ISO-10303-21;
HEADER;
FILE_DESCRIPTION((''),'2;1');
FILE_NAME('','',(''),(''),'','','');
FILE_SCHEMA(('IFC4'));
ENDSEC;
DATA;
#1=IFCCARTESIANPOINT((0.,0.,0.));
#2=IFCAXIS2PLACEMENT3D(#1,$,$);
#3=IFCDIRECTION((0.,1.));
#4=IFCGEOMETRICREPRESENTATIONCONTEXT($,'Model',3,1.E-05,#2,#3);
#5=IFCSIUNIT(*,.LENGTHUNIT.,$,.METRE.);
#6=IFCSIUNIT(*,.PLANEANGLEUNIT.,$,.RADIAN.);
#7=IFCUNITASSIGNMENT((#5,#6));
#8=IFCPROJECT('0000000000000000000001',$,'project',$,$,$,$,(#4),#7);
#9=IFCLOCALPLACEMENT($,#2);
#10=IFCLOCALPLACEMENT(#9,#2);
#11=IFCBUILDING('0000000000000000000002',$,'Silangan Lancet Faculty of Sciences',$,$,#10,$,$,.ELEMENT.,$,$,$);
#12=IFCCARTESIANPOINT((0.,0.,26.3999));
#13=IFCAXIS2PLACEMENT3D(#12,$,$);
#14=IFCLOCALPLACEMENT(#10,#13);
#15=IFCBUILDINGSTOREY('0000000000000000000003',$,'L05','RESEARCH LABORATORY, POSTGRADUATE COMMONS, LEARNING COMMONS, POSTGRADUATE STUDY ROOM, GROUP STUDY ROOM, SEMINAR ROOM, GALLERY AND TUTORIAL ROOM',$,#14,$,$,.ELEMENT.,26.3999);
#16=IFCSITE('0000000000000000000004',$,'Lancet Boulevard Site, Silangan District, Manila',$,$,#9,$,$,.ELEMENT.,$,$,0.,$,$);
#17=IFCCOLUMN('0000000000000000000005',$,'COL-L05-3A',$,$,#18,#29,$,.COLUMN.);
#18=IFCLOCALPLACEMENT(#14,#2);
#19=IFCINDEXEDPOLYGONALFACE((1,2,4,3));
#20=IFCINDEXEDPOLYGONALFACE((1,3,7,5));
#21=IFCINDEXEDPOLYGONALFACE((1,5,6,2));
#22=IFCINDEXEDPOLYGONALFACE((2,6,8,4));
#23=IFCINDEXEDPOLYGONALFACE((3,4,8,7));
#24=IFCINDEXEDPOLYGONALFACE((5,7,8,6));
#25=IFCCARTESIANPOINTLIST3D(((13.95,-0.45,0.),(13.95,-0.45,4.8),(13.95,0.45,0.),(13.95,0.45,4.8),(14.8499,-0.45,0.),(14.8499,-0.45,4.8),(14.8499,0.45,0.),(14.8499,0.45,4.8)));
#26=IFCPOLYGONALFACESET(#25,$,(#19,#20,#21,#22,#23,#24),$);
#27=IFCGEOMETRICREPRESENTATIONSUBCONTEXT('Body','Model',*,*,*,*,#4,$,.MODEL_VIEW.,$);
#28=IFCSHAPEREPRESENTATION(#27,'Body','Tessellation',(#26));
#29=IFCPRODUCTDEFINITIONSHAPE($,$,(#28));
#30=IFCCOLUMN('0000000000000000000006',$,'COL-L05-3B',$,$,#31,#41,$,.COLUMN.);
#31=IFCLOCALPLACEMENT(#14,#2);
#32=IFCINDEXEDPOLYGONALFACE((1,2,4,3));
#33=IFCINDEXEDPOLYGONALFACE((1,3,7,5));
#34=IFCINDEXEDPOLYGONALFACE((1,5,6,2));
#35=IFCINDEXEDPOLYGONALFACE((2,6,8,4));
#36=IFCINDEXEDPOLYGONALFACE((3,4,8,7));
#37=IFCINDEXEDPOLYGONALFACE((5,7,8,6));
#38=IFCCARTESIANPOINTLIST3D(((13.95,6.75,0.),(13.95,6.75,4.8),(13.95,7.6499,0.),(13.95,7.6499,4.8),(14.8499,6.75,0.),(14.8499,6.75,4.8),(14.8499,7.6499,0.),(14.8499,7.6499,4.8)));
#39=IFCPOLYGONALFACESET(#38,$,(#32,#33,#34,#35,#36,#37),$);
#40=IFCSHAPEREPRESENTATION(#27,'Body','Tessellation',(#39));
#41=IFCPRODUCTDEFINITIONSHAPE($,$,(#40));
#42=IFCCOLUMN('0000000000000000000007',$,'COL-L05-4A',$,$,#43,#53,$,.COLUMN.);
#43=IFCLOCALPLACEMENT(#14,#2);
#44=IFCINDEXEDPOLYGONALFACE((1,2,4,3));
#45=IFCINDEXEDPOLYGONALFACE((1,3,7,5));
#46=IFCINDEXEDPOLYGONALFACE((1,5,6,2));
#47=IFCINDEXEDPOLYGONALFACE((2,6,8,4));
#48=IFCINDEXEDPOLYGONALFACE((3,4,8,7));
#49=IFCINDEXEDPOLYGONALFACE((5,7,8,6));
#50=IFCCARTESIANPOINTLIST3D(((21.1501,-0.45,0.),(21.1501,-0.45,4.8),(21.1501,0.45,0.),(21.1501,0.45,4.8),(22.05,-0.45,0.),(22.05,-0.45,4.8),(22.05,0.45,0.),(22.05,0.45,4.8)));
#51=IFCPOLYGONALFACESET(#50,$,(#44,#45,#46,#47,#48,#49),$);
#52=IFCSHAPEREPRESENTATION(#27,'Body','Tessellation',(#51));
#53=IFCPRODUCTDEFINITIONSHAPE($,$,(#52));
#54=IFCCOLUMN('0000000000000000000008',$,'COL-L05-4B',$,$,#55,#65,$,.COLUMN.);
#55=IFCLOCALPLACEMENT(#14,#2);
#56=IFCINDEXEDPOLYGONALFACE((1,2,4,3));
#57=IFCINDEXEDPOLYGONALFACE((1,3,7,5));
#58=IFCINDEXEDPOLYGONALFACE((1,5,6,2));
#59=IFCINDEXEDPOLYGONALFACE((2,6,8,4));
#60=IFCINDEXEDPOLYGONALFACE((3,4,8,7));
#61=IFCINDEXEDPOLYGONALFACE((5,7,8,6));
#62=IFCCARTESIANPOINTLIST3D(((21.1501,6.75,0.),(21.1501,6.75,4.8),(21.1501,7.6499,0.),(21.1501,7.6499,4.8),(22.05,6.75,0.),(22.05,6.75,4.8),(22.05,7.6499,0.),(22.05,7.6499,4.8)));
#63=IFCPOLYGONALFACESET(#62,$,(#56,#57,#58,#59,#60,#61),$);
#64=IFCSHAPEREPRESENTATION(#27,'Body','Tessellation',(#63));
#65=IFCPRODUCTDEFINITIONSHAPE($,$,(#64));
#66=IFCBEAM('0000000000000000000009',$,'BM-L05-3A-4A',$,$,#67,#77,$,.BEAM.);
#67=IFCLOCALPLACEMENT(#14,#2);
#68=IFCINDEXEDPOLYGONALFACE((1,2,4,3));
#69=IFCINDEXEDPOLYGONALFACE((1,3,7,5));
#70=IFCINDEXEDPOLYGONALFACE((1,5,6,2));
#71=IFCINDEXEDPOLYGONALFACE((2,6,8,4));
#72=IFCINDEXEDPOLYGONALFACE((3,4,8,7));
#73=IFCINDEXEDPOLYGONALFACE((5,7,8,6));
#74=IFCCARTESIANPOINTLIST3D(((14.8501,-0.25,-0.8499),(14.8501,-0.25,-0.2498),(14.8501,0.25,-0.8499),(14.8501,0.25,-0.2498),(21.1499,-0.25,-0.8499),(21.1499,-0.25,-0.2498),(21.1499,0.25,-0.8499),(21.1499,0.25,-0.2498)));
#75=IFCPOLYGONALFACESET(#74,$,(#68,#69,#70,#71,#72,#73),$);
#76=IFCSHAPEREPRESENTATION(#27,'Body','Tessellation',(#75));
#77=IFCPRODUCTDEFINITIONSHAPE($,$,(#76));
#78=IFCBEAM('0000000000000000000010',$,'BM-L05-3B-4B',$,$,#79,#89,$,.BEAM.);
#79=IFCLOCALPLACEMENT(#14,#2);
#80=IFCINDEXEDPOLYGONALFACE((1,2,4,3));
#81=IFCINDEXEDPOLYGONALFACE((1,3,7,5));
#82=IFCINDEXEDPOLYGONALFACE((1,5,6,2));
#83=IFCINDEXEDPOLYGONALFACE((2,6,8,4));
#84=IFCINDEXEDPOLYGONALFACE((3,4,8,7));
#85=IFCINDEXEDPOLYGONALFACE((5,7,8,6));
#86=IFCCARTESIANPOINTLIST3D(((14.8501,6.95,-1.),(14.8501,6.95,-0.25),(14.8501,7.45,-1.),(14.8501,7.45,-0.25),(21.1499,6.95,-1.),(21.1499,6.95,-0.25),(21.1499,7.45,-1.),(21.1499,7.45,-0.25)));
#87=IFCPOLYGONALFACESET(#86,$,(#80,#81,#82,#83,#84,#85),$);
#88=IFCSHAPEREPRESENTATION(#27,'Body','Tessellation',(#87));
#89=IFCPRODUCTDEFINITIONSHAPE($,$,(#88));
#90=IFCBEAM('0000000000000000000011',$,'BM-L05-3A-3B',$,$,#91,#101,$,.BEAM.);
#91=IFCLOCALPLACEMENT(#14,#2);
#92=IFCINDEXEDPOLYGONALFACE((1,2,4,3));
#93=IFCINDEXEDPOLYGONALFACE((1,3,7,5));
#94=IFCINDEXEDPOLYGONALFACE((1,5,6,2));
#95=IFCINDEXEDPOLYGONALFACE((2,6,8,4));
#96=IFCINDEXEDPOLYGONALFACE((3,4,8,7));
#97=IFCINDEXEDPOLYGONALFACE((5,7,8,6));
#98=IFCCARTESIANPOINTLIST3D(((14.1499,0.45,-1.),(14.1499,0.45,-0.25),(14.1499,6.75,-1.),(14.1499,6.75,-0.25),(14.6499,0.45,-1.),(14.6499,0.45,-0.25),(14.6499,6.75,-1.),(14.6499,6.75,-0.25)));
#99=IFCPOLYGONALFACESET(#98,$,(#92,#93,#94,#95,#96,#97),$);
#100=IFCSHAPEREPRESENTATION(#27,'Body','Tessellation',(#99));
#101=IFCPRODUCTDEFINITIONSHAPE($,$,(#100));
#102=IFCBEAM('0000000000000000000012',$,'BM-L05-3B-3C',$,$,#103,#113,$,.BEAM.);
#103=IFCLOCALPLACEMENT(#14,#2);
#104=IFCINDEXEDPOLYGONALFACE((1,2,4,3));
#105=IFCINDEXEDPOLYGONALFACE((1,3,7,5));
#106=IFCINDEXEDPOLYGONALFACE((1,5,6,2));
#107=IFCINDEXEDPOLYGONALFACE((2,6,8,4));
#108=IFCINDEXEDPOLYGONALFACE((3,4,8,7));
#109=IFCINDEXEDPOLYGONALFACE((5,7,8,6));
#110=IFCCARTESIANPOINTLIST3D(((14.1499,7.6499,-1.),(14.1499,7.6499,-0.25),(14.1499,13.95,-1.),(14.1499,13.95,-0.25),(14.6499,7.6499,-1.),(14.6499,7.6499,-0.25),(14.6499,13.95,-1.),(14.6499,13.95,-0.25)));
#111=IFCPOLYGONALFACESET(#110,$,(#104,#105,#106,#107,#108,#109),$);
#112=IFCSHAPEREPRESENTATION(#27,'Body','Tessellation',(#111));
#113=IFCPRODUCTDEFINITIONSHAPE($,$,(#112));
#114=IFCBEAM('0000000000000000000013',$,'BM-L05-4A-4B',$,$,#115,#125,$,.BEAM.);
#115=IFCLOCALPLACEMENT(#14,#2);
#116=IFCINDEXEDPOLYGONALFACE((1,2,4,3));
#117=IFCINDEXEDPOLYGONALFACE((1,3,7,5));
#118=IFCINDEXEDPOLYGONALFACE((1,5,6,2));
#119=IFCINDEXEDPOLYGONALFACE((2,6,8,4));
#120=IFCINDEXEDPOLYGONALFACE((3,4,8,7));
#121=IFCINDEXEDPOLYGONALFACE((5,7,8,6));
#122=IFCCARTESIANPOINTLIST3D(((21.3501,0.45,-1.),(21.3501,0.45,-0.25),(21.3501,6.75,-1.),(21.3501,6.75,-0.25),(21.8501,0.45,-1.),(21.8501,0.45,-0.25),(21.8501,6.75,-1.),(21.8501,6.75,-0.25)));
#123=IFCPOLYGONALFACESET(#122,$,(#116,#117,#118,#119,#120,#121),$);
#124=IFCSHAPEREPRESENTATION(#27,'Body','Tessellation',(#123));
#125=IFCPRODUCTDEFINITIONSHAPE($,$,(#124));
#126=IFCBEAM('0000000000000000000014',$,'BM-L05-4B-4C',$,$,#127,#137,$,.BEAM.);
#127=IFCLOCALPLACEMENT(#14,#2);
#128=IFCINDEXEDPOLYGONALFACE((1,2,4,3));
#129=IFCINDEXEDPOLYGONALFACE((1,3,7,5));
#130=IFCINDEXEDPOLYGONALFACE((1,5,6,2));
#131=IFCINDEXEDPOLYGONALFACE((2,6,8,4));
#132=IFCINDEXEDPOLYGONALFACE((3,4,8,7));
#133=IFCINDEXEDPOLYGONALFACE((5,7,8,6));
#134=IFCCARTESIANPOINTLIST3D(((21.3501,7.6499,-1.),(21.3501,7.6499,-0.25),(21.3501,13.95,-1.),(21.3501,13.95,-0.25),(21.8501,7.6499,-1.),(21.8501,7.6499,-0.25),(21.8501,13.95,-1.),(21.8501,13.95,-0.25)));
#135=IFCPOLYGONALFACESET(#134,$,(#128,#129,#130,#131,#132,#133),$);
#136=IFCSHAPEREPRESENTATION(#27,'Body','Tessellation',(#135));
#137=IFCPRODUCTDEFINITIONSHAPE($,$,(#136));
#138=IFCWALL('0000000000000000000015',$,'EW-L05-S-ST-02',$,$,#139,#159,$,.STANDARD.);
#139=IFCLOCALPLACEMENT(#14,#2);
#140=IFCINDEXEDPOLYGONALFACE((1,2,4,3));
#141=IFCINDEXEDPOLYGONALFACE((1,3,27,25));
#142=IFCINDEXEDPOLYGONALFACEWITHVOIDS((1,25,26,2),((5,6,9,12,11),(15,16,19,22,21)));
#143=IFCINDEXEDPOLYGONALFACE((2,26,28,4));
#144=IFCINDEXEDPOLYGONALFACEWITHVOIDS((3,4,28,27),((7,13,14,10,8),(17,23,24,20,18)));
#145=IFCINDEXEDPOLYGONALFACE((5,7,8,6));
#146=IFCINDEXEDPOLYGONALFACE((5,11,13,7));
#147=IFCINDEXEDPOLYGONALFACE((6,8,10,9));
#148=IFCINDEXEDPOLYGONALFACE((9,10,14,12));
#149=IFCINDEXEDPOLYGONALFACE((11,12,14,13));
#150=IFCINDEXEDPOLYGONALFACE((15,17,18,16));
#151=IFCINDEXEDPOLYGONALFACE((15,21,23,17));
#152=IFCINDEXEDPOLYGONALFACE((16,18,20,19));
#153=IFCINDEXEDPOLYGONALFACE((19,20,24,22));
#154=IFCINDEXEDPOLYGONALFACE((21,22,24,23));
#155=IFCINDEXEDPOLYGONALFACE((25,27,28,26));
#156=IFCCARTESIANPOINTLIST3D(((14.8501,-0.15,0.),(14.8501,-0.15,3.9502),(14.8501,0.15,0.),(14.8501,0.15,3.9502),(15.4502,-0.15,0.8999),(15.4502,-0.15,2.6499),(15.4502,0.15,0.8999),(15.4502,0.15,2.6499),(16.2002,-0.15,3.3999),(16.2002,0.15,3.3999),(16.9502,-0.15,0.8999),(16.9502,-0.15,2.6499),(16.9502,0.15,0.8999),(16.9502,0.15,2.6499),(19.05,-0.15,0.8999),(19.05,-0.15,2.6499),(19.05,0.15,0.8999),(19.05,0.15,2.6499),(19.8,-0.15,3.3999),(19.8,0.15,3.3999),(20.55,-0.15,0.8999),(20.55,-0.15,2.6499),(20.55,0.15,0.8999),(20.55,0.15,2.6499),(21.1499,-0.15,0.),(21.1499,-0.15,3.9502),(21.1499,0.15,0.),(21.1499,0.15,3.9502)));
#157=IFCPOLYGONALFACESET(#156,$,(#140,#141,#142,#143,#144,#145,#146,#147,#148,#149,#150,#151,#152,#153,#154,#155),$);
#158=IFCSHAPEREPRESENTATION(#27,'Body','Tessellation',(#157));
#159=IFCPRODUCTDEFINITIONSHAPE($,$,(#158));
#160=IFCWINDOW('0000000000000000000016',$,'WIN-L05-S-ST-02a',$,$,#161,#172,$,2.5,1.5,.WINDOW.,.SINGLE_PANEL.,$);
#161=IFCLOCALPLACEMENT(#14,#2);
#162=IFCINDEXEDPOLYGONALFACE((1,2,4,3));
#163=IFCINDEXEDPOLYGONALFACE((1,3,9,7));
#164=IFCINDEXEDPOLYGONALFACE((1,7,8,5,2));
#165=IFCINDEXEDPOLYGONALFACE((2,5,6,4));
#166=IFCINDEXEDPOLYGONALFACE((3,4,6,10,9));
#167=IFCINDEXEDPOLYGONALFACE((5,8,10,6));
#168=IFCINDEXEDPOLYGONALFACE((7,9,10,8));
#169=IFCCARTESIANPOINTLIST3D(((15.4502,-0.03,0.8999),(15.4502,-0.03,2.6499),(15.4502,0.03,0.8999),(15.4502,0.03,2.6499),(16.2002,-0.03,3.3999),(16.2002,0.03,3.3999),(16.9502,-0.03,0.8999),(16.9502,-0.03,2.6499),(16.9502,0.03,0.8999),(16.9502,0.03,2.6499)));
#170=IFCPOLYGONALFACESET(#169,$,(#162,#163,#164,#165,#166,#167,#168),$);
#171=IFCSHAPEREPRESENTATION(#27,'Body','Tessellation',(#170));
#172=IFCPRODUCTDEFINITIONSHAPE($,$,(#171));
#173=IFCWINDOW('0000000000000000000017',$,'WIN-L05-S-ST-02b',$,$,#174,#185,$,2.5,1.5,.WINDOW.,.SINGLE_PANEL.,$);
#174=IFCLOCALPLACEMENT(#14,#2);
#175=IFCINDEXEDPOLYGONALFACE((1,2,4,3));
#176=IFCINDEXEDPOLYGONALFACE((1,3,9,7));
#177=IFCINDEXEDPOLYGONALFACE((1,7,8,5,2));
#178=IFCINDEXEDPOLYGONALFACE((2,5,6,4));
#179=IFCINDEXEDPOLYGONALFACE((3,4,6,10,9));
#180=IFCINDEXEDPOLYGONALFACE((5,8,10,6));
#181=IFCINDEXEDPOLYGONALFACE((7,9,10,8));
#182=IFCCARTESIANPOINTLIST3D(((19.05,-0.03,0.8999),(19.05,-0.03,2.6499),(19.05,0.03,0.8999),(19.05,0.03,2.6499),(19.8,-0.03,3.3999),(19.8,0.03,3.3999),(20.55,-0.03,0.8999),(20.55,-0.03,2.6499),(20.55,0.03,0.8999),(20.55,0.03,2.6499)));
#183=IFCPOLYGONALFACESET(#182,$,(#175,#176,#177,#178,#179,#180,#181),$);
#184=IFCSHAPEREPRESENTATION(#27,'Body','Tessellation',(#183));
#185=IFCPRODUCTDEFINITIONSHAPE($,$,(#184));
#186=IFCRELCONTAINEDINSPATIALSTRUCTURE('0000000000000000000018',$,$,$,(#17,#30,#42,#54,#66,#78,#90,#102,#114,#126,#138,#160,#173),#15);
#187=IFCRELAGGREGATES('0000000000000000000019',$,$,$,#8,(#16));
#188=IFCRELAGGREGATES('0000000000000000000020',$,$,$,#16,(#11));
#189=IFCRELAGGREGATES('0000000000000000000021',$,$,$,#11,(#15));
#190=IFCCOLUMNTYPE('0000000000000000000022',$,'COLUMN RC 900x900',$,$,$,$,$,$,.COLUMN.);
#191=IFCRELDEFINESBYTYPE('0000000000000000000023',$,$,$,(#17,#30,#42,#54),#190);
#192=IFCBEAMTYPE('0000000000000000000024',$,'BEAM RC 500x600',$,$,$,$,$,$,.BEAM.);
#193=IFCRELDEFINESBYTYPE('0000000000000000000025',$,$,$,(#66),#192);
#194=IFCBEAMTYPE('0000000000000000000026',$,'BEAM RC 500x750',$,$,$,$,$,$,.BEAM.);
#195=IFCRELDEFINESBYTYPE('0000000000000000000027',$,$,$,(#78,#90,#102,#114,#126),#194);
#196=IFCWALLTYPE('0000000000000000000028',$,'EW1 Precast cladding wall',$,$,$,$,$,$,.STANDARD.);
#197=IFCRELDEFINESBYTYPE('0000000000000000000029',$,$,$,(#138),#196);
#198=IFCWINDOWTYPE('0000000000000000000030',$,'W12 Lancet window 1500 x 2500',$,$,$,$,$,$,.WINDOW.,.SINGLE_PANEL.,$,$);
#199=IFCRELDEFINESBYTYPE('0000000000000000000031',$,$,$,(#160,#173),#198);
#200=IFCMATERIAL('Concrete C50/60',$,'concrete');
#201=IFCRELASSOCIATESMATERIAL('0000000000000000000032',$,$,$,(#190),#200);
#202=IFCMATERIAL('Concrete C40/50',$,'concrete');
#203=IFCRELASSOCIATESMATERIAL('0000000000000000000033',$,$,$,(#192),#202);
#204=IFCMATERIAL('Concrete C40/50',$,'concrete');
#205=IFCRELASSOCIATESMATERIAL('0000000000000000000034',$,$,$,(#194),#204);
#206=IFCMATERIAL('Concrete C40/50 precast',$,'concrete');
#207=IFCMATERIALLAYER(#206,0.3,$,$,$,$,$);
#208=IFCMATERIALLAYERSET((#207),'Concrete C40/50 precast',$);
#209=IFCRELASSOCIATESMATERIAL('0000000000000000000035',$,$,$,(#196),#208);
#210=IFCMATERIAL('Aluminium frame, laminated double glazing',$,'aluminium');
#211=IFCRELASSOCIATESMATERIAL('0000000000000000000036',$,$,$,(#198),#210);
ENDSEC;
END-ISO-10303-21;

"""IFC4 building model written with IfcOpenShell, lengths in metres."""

from ifc_helpers import new_model, si_unit, direction, frame, frame_2d, origin, origin_2d, place, context, subcontext, project, spatial, polyline, rectangle, outline, extrude, material, layer, layer_set, material_profile, profile_set, type_object, element, fill, save


model = new_model("IFC4")

# Units and contexts
model_context = context("Model", 3, precision=1e-05, world=origin(), true_north=direction((0.0, 1.0)))
body_context = subcontext(model_context, "Body", "Model", "MODEL_VIEW")
ifc_project = project(units=[si_unit("LENGTHUNIT", "METRE"), si_unit("PLANEANGLEUNIT", "RADIAN")], contexts=[model_context])

# Site, building, storey
site_placement = place(None, origin())
site = spatial("IfcSite", under=ifc_project, at=site_placement, Name="Lancet Boulevard Site, Silangan District, Manila", CompositionType="ELEMENT", RefElevation=0.0)
building_placement = place(site_placement, origin())
building = spatial("IfcBuilding", under=site, at=building_placement, Name="Silangan Lancet Faculty of Sciences", CompositionType="ELEMENT")
storey_placement = place(building_placement, frame((0.0, 0.0, 26.3999)))
storey = spatial("IfcBuildingStorey", under=building, at=storey_placement, Name="L05", Description="RESEARCH LABORATORY, POSTGRADUATE COMMONS, LEARNING COMMONS, POSTGRADUATE STUDY ROOM, GROUP STUDY ROOM, SEMINAR ROOM, GALLERY AND TUTORIAL ROOM", CompositionType="ELEMENT", Elevation=26.3999)

# Columns
ifc_material_1 = material(Name="Concrete C50/60", Category="concrete")
ifc_material_profile_1 = material_profile(ifc_material_1, rectangle(XDim=0.8999, YDim=0.8999, at=origin_2d()), Name="RC 900x900")
ifc_profile_set_1 = profile_set([ifc_material_profile_1], Name="Concrete C50/60")
column_type = type_object("IfcColumnType", Name="COLUMN RC 900x900", PredefinedType="COLUMN", material=ifc_profile_set_1)
for number, where, z_axis, x_axis, name in (
    (1, (14.3999, 0.0, 0.0), (0.0, 0.0, 1.0), (1.0, 0.0, 0.0), "COL-L05-3A"),
    (2, (14.3999, 7.2, 0.0), (0.0, 0.0, 1.0), (1.0, 0.0, 0.0), "COL-L05-3B"),
    (3, (21.6001, 0.0, 0.0), (0.0, 0.0, 1.0), (1.0, 0.0, 0.0), "COL-L05-4A"),
    (4, (21.6001, 7.2, 0.0), (0.0, 0.0, 1.0), (1.0, 0.0, 0.0), "COL-L05-4B"),
):
    element("IfcColumn", number, at=place(storey_placement, frame(where, z_axis=z_axis, x_axis=x_axis)), inside=storey, type_object=column_type, Name=name, PredefinedType="COLUMN", context=body_context, shape_type="SweptSolid", body=[
        extrude(rectangle(XDim=0.8999, YDim=0.8999, at=origin_2d()), origin(), (0.0, 0.0, 1.0), 4.8),
    ])

# Beams
ifc_material_2 = material(Name="Concrete C40/50", Category="concrete")
ifc_material_profile_2 = material_profile(ifc_material_2, rectangle(XDim=0.5, YDim=0.6001, at=origin_2d()), Name="RC 500x600")
ifc_profile_set_2 = profile_set([ifc_material_profile_2], Name="Concrete C40/50")
beam_type_1 = type_object("IfcBeamType", Name="BEAM RC 500x600", PredefinedType="BEAM", material=ifc_profile_set_2)
beam_1_placement = place(storey_placement, frame((14.8501, 0.0, -0.5498), z_axis=(1.0, 0.0, 0.0), x_axis=(0.0, 1.0, 0.0)))
element("IfcBeam", 5, at=beam_1_placement, inside=storey, type_object=beam_type_1, Name="BM-L05-3A-4A", PredefinedType="BEAM", context=body_context, shape_type="SweptSolid", body=[
    extrude(rectangle(XDim=0.5, YDim=0.6001, at=origin_2d()), origin(), (0.0, 0.0, 1.0), 6.2998),
])
ifc_material_3 = material(Name="Concrete C40/50", Category="concrete")
ifc_material_profile_3 = material_profile(ifc_material_3, rectangle(XDim=0.5, YDim=0.75, at=origin_2d()), Name="RC 500x750")
ifc_profile_set_3 = profile_set([ifc_material_profile_3], Name="Concrete C40/50")
beam_type_2 = type_object("IfcBeamType", Name="BEAM RC 500x750", PredefinedType="BEAM", material=ifc_profile_set_3)
beam_2_placement = place(storey_placement, frame((14.8501, 7.2, -0.625), z_axis=(1.0, 0.0, 0.0), x_axis=(0.0, 1.0, 0.0)))
element("IfcBeam", 6, at=beam_2_placement, inside=storey, type_object=beam_type_2, Name="BM-L05-3B-4B", PredefinedType="BEAM", context=body_context, shape_type="SweptSolid", body=[
    extrude(rectangle(XDim=0.5, YDim=0.75, at=origin_2d()), origin(), (0.0, 0.0, 1.0), 6.2998),
])
for number, where, z_axis, x_axis, name in (
    (7, (14.3999, 0.45, -0.625), (0.0, 1.0, 0.0), (-1.0, 0.0, 0.0), "BM-L05-3A-3B"),
    (8, (14.3999, 7.6499, -0.625), (0.0, 1.0, 0.0), (-1.0, 0.0, 0.0), "BM-L05-3B-3C"),
    (9, (21.6001, 0.45, -0.625), (0.0, 1.0, 0.0), (-1.0, 0.0, 0.0), "BM-L05-4A-4B"),
    (10, (21.6001, 7.6499, -0.625), (0.0, 1.0, 0.0), (-1.0, 0.0, 0.0), "BM-L05-4B-4C"),
):
    element("IfcBeam", number, at=place(storey_placement, frame(where, z_axis=z_axis, x_axis=x_axis)), inside=storey, type_object=beam_type_2, Name=name, PredefinedType="BEAM", context=body_context, shape_type="SweptSolid", body=[
        extrude(rectangle(XDim=0.5, YDim=0.75, at=origin_2d()), origin(), (0.0, 0.0, 1.0), 6.3),
    ])

# Wall, openings, windows
ifc_material_4 = material(Name="Concrete C40/50 precast", Category="concrete")
ifc_layer_1 = layer(ifc_material_4, 0.3)
ifc_layer_set_1 = layer_set([ifc_layer_1], Name="Concrete C40/50 precast")
wall_type_1 = type_object("IfcWallType", Name="EW1 Precast cladding wall", PredefinedType="STANDARD", material=ifc_layer_set_1)
wall_1_placement = place(storey_placement, frame((14.8501, 0.0, 0.0), z_axis=(0.0, 0.0, 1.0), x_axis=(1.0, 0.0, 0.0)))
wall_1 = element("IfcWall", 11, at=wall_1_placement, inside=storey, type_object=wall_type_1, Name="EW-L05-S-ST-02", PredefinedType="STANDARD", context=body_context, shape_type="SweptSolid", body=[
    extrude(rectangle(XDim=6.2998, YDim=0.3, at=frame_2d((3.1499, 0.0))), origin(), (0.0, 0.0, 1.0), 3.9502),
])
opening_1_placement = place(wall_1_placement, frame((0.6001, 0.0, 0.8999)))
opening_1 = element("IfcOpeningElement", 12, at=opening_1_placement, cuts=wall_1, PredefinedType="OPENING", context=body_context, shape_type="SweptSolid", body=[
    extrude(outline(polyline([(0.0, 0.0), (1.5, 0.0), (1.5, 1.75), (0.75, 2.5), (0.0, 1.75), (0.0, 0.0)])), frame((0.0, 0.1599, 0.0), z_axis=(0.0, -1.0, 0.0), x_axis=(1.0, 0.0, 0.0)), (0.0, 0.0, 1.0), 0.3201),
])
opening_2_placement = place(wall_1_placement, frame((4.2, 0.0, 0.8999)))
opening_2 = element("IfcOpeningElement", 13, at=opening_2_placement, cuts=wall_1, PredefinedType="OPENING", context=body_context, shape_type="SweptSolid", body=[
    extrude(outline(polyline([(0.0, 0.0), (1.5, 0.0), (1.5, 1.75), (0.75, 2.5), (0.0, 1.75), (0.0, 0.0)])), frame((0.0, 0.1599, 0.0), z_axis=(0.0, -1.0, 0.0), x_axis=(1.0, 0.0, 0.0)), (0.0, 0.0, 1.0), 0.3201),
])
ifc_material_5 = material(Name="Aluminium frame, laminated double glazing", Category="aluminium")
window_type = type_object("IfcWindowType", Name="W12 Lancet window 1500 x 2500", PartitioningType="SINGLE_PANEL", PredefinedType="WINDOW", material=ifc_material_5)
window_1_placement = place(opening_1_placement, origin())
window_1 = element("IfcWindow", 14, at=window_1_placement, inside=storey, type_object=window_type, Name="WIN-L05-S-ST-02a", OverallHeight=2.5, OverallWidth=1.5, PartitioningType="SINGLE_PANEL", PredefinedType="WINDOW", context=body_context, shape_type="SweptSolid", body=[
    extrude(outline(polyline([(0.0, 0.0), (1.5, 0.0), (1.5, 1.75), (0.75, 2.5), (0.0, 1.75), (0.0, 0.0)])), frame((0.0, 0.03, 0.0), z_axis=(0.0, -1.0, 0.0), x_axis=(1.0, 0.0, 0.0)), (0.0, 0.0, 1.0), 0.0601),
])
fill(opening_1, window_1)
window_2_placement = place(opening_2_placement, origin())
window_2 = element("IfcWindow", 15, at=window_2_placement, inside=storey, type_object=window_type, Name="WIN-L05-S-ST-02b", OverallHeight=2.5, OverallWidth=1.5, PartitioningType="SINGLE_PANEL", PredefinedType="WINDOW", context=body_context, shape_type="SweptSolid", body=[
    extrude(outline(polyline([(0.0, 0.0), (1.5, 0.0), (1.5, 1.75), (0.75, 2.5), (0.0, 1.75), (0.0, 0.0)])), frame((0.0, 0.03, 0.0), z_axis=(0.0, -1.0, 0.0), x_axis=(1.0, 0.0, 0.0)), (0.0, 0.0, 1.0), 0.0601),
])
fill(opening_2, window_2)

save(model, "model.ifc")
